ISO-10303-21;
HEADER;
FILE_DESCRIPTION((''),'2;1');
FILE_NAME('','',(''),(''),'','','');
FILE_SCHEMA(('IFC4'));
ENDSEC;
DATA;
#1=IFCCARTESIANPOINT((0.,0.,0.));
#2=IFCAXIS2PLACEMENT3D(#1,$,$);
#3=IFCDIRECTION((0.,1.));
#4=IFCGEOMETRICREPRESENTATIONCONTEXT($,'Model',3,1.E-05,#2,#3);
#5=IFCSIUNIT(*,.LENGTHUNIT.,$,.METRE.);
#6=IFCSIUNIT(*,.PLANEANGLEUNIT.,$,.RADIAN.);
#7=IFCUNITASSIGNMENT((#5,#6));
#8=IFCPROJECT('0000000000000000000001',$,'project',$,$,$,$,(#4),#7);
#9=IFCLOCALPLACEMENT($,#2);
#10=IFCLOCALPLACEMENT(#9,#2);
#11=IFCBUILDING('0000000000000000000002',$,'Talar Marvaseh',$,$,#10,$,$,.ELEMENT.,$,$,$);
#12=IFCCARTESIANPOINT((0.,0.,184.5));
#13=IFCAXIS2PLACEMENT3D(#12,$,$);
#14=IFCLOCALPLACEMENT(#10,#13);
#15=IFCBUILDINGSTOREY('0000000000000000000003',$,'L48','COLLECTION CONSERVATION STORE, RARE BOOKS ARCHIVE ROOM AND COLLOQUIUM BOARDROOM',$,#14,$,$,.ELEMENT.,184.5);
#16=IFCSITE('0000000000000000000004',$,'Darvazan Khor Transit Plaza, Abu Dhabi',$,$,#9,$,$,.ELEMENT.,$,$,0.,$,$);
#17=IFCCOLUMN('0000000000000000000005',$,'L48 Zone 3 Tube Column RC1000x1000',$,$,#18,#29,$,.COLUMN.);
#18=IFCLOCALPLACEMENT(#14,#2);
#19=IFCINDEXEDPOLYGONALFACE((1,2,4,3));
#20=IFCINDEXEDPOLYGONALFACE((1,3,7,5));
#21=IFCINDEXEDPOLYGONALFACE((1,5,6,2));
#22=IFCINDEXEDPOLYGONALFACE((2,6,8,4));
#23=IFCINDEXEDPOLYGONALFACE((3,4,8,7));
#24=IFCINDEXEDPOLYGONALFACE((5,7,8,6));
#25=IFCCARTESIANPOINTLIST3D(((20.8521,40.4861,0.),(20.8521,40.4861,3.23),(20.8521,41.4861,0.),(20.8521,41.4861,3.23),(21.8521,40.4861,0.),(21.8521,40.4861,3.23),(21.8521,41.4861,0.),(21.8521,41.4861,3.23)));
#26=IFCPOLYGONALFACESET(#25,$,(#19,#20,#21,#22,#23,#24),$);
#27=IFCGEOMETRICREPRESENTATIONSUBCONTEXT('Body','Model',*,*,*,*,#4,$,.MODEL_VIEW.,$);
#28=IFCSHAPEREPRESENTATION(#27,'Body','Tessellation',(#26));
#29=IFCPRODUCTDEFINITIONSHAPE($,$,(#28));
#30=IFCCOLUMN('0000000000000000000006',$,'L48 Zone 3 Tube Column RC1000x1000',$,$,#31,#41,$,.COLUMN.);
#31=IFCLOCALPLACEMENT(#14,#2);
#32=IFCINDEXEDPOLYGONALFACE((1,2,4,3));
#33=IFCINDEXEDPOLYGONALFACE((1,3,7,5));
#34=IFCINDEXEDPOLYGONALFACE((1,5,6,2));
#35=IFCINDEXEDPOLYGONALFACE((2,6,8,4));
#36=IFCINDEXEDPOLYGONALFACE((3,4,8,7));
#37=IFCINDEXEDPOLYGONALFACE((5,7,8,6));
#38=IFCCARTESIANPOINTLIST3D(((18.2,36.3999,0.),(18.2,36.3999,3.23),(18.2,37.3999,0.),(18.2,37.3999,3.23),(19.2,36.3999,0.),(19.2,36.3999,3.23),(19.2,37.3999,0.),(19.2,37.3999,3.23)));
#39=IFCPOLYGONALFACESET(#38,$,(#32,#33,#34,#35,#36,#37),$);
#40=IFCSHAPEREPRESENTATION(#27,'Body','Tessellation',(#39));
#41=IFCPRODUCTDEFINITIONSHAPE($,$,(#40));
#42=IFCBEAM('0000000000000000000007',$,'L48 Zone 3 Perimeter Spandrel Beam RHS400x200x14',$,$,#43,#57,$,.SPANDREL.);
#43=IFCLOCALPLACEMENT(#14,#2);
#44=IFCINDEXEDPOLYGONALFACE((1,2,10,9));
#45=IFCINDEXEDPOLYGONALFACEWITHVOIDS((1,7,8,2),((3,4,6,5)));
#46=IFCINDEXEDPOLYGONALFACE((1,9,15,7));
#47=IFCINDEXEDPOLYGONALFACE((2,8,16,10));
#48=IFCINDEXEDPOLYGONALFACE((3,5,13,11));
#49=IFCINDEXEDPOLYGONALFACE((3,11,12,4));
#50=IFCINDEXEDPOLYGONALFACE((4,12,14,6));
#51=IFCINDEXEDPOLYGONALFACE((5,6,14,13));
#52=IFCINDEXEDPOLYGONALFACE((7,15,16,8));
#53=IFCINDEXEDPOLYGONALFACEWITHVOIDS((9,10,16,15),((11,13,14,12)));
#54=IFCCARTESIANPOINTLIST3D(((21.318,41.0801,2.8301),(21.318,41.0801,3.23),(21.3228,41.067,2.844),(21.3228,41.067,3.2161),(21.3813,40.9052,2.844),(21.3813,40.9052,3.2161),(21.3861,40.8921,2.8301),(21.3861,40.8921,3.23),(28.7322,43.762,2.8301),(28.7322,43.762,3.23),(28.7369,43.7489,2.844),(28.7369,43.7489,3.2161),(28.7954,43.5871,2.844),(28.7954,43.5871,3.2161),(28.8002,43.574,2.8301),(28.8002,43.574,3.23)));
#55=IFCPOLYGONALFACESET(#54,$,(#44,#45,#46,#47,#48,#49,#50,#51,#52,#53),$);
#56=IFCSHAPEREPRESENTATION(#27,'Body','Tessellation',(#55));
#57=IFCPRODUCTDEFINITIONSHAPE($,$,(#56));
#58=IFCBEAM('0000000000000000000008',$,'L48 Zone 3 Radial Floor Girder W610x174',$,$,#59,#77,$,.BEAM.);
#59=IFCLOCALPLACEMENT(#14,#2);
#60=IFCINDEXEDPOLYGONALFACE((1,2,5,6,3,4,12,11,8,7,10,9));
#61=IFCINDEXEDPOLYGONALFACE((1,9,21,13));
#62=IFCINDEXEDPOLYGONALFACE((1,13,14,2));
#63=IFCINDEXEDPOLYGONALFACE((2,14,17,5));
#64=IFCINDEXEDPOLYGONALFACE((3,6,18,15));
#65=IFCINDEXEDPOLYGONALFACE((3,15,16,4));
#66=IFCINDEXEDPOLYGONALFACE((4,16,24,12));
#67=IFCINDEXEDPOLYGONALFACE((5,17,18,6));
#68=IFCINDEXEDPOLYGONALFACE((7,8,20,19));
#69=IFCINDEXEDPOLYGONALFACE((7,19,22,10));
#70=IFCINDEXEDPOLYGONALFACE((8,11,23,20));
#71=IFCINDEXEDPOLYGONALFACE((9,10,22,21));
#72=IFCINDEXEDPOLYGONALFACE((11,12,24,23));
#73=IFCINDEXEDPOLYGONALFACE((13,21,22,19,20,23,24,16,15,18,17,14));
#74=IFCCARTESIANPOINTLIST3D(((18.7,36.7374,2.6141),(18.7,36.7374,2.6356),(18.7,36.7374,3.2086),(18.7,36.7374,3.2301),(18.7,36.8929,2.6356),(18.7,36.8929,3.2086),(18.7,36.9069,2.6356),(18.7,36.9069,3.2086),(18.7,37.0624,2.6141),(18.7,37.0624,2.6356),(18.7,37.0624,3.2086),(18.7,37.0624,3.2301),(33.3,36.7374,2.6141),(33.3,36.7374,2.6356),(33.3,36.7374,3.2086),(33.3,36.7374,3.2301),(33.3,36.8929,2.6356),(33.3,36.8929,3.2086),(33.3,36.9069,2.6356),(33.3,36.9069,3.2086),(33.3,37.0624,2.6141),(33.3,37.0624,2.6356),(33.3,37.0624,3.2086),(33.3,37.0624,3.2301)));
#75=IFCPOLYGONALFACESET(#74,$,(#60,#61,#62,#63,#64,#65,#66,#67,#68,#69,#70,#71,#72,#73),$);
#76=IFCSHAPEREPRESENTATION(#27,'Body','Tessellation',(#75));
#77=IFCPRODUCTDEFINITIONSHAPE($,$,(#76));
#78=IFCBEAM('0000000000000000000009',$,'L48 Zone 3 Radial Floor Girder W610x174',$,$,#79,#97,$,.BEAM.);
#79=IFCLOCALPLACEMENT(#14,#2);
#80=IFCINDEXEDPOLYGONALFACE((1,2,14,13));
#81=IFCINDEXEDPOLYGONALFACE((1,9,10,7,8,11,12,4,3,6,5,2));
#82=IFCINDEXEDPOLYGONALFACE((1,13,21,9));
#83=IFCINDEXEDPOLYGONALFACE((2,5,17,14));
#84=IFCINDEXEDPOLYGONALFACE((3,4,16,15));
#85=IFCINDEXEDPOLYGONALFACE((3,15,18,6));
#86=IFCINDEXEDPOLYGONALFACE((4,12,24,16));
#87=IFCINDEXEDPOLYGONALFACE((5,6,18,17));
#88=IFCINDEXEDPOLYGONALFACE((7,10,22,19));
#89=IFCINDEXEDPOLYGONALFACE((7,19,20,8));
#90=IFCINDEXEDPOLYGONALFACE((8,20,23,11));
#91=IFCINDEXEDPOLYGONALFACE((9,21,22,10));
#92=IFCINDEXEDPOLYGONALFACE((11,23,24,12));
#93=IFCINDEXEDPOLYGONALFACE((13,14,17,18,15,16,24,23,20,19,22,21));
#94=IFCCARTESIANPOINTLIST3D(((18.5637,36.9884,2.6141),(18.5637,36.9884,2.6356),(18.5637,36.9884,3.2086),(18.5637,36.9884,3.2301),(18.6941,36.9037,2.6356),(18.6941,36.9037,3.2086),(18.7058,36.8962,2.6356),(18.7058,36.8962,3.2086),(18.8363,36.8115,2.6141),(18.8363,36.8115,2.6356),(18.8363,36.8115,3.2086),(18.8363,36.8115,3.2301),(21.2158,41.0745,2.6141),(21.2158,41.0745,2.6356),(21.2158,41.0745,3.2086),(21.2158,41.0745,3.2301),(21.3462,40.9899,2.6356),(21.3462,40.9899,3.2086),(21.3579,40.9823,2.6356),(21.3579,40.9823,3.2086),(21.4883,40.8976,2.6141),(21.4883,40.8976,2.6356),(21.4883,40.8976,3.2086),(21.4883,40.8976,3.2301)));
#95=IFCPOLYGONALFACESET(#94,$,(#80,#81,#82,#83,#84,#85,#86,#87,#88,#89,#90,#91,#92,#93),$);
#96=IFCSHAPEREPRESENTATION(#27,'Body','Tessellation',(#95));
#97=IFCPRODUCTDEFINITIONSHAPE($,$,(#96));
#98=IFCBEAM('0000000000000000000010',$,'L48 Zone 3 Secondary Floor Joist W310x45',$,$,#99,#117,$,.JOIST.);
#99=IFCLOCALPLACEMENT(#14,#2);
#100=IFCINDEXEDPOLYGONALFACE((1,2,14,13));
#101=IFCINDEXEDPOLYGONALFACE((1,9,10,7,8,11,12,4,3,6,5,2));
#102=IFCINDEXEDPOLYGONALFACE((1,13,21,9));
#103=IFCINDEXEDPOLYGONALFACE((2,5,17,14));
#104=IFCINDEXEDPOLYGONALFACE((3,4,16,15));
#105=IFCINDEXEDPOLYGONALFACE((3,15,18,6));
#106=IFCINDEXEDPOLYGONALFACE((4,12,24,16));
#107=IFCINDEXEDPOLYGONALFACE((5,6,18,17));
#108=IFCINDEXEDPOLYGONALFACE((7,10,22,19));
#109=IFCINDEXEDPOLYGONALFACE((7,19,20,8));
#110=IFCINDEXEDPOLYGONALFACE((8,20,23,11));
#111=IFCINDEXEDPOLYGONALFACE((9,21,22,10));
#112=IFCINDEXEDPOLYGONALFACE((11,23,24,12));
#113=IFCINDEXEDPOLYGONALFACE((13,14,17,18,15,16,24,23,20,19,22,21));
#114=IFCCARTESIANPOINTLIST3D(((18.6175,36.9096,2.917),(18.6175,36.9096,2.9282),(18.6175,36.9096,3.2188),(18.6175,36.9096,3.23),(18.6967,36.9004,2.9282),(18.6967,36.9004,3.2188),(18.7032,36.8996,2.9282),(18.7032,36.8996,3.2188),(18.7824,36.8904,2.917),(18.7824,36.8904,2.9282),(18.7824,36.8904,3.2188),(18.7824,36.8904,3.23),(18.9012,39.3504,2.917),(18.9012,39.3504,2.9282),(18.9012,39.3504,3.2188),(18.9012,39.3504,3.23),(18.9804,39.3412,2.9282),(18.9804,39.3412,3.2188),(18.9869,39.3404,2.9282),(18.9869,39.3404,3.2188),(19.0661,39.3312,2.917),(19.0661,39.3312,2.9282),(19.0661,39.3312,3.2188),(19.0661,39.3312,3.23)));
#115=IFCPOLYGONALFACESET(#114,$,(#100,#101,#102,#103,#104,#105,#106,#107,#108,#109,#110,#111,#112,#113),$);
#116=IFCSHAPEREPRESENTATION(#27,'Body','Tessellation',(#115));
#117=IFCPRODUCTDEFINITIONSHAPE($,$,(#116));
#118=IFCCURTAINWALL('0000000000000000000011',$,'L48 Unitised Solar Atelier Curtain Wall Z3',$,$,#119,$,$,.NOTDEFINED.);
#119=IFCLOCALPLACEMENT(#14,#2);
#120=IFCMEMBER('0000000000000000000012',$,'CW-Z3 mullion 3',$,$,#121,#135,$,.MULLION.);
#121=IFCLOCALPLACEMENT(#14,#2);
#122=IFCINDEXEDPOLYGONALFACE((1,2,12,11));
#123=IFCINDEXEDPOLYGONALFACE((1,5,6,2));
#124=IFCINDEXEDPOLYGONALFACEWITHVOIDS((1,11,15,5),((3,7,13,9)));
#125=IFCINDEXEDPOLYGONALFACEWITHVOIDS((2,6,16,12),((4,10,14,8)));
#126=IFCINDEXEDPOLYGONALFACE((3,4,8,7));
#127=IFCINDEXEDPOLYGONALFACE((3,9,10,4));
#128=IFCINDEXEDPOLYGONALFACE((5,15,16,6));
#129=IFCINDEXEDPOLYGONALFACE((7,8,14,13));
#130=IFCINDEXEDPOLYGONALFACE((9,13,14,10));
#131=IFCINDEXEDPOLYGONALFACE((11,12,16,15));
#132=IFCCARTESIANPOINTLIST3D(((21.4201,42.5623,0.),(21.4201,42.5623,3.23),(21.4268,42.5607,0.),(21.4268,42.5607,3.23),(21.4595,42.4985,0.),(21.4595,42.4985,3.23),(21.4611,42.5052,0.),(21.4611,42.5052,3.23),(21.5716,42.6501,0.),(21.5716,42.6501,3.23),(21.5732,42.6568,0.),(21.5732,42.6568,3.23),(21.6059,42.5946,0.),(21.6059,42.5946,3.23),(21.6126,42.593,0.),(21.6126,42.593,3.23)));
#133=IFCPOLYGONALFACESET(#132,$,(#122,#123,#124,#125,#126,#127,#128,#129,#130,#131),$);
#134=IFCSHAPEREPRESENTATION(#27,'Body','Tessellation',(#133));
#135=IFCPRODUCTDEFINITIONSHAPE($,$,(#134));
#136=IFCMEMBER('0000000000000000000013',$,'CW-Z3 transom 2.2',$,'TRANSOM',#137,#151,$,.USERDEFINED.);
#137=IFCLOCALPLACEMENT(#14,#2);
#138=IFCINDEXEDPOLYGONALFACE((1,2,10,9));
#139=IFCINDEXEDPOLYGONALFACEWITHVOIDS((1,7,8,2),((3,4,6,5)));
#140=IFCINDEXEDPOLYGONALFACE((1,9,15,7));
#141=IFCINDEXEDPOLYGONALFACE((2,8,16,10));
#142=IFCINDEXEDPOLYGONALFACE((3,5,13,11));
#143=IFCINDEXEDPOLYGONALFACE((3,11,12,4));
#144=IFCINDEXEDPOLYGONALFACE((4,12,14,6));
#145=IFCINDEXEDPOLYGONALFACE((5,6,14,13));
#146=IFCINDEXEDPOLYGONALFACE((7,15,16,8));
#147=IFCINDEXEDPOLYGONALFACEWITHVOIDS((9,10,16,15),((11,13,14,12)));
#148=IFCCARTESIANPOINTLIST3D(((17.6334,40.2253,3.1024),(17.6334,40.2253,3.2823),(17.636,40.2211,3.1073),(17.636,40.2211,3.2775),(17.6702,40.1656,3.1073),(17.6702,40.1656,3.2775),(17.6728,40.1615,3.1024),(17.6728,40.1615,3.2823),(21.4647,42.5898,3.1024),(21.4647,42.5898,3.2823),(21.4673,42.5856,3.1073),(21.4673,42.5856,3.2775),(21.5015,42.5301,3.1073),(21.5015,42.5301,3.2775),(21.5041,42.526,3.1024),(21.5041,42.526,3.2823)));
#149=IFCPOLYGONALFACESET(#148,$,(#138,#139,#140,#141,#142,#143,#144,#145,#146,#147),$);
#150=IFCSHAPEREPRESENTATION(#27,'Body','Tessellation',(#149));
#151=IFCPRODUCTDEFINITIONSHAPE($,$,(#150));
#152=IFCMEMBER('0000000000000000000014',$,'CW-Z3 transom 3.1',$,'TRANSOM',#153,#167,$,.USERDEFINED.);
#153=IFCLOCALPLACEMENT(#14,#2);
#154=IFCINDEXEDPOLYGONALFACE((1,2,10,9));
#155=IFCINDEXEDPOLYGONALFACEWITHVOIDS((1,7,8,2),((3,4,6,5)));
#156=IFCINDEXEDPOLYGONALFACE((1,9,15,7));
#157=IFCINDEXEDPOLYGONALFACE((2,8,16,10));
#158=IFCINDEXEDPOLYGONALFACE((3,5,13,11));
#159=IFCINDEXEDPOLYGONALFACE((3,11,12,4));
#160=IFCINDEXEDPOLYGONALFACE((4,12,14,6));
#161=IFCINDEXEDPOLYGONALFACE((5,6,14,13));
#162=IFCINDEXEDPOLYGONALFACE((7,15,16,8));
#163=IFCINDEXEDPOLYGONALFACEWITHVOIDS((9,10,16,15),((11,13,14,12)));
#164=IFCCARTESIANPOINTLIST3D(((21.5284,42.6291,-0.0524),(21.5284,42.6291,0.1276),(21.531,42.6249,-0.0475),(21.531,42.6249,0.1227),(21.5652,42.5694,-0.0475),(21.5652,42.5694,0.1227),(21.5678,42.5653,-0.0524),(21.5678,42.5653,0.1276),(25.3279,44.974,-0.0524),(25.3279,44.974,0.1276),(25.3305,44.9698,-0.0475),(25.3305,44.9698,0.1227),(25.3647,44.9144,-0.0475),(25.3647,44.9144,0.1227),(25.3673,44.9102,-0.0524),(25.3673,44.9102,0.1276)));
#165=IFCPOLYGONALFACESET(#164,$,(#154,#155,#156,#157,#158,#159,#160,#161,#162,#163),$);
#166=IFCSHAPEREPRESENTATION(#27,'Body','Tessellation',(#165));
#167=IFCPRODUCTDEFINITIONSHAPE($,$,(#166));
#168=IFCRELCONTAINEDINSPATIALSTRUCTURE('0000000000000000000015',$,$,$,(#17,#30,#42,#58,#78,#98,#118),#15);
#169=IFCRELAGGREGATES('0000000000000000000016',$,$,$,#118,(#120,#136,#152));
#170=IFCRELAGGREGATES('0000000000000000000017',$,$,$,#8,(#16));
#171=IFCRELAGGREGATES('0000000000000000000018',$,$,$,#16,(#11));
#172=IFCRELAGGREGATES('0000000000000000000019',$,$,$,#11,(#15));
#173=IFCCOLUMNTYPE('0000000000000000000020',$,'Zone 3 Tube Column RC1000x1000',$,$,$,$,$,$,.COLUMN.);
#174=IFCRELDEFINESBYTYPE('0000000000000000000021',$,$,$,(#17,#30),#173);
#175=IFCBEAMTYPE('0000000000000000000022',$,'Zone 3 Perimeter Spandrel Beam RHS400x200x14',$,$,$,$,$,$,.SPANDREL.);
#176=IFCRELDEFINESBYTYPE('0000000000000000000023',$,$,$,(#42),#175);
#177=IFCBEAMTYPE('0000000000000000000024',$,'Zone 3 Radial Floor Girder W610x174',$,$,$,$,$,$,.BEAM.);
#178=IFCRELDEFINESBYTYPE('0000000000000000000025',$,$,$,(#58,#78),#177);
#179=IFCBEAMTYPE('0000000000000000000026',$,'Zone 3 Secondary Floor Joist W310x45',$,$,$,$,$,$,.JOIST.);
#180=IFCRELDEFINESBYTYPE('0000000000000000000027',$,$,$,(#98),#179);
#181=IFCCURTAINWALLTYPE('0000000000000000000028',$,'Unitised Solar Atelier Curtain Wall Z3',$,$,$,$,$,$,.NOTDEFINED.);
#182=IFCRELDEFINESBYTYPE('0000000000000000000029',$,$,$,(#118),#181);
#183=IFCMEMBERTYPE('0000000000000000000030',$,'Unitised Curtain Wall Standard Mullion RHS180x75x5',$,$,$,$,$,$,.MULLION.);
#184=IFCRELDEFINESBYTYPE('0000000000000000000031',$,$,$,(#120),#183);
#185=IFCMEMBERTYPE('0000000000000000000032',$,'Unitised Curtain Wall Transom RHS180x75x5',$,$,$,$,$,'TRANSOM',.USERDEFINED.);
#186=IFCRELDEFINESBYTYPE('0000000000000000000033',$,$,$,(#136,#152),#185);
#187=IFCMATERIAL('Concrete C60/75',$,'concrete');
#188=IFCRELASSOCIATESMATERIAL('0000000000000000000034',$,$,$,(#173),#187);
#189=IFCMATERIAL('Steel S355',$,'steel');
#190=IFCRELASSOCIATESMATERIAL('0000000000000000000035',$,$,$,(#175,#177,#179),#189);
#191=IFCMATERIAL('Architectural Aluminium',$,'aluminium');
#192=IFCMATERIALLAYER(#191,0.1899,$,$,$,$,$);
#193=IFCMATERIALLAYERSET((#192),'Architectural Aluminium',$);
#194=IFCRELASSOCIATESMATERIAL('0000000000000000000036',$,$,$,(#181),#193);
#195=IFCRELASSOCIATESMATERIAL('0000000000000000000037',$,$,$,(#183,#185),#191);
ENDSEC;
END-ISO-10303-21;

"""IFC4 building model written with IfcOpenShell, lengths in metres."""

from ifc_helpers import new_model, si_unit, direction, frame, origin, origin_2d, place, context, subcontext, project, spatial, rectangle, hollow_rectangle, i_section, extrude, source, transform, mapped, material, layer, layer_set, material_profile, profile_set, type_object, type_shapes, element, aggregate, save


model = new_model("IFC4")

# Units and contexts
model_context = context("Model", 3, precision=1e-05, world=origin(), true_north=direction((0.0, 1.0)))
body_context = subcontext(model_context, "Body", "Model", "MODEL_VIEW")
ifc_project = project(units=[si_unit("LENGTHUNIT", "METRE"), si_unit("PLANEANGLEUNIT", "RADIAN")], contexts=[model_context])

# Site, building, storey
site_placement = place(None, origin())
site = spatial("IfcSite", under=ifc_project, at=site_placement, Name="Darvazan Khor Transit Plaza, Abu Dhabi", CompositionType="ELEMENT", RefElevation=0.0)
building_placement = place(site_placement, origin())
building = spatial("IfcBuilding", under=site, at=building_placement, Name="Talar Marvaseh", CompositionType="ELEMENT")
storey_placement = place(building_placement, frame((0.0, 0.0, 184.5)))
storey = spatial("IfcBuildingStorey", under=building, at=storey_placement, Name="L48", Description="COLLECTION CONSERVATION STORE, RARE BOOKS ARCHIVE ROOM AND COLLOQUIUM BOARDROOM", CompositionType="ELEMENT", Elevation=184.5)

# Columns
ifc_material_1 = material(Name="Concrete C60/75", Category="concrete")
ifc_material_profile_1 = material_profile(ifc_material_1, rectangle(XDim=1.0, YDim=1.0, at=origin_2d()), Name="RC1000x1000")
ifc_profile_set_1 = profile_set([ifc_material_profile_1], Name="Concrete C60/75")
column_type = type_object("IfcColumnType", Name="Zone 3 Tube Column RC1000x1000", PredefinedType="COLUMN", material=ifc_profile_set_1)
for number, where, z_axis, x_axis, name in (
    (1, (21.3521, 40.9861, 0.0), (0.0, 0.0, 1.0), (1.0, 0.0, 0.0), "L48 Zone 3 Tube Column RC1000x1000"),
    (2, (18.7, 36.8999, 0.0), (0.0, 0.0, 1.0), (1.0, 0.0, 0.0), "L48 Zone 3 Tube Column RC1000x1000"),
):
    element("IfcColumn", number, at=place(storey_placement, frame(where, z_axis=z_axis, x_axis=x_axis)), inside=storey, type_object=column_type, Name=name, PredefinedType="COLUMN", context=body_context, shape_type="SweptSolid", body=[
        extrude(rectangle(XDim=1.0, YDim=1.0, at=origin_2d()), origin(), (0.0, 0.0, 1.0), 3.23),
    ])

# Beams
ifc_material_2 = material(Name="Steel S355", Category="steel")
ifc_material_profile_2 = material_profile(ifc_material_2, hollow_rectangle(XDim=0.2, YDim=0.3999, WallThickness=0.0139, at=origin_2d()), Name="RHS400x200x14")
ifc_profile_set_2 = profile_set([ifc_material_profile_2], Name="Steel S355")
beam_type_1 = type_object("IfcBeamType", Name="Zone 3 Perimeter Spandrel Beam RHS400x200x14", PredefinedType="SPANDREL", material=ifc_profile_set_2)
beam_1_placement = place(storey_placement, frame((21.3521, 40.9861, 3.03), z_axis=(0.940368, 0.340159, 0.0), x_axis=(-0.340159, 0.940368, 0.0)))
element("IfcBeam", 3, at=beam_1_placement, inside=storey, type_object=beam_type_1, Name="L48 Zone 3 Perimeter Spandrel Beam RHS400x200x14", PredefinedType="SPANDREL", context=body_context, shape_type="SweptSolid", body=[
    extrude(hollow_rectangle(XDim=0.2, YDim=0.3999, WallThickness=0.0139, at=origin_2d()), origin(), (0.0, 0.0, 1.0), 7.8843),
])
ifc_material_profile_3 = material_profile(ifc_material_2, i_section(OverallWidth=0.325, OverallDepth=0.616, WebThickness=0.0139, FlangeThickness=0.0215, at=origin_2d()), Name="W610x174")
ifc_profile_set_3 = profile_set([ifc_material_profile_3], Name="Steel S355")
beam_type_2 = type_object("IfcBeamType", Name="Zone 3 Radial Floor Girder W610x174", PredefinedType="BEAM", material=ifc_profile_set_3)
beam_2_placement = place(storey_placement, frame((18.7, 36.8999, 2.9221), z_axis=(1.0, 0.0, 0.0), x_axis=(0.0, 1.0, 0.0)))
element("IfcBeam", 4, at=beam_2_placement, inside=storey, type_object=beam_type_2, Name="L48 Zone 3 Radial Floor Girder W610x174", PredefinedType="BEAM", context=body_context, shape_type="SweptSolid", body=[
    extrude(i_section(OverallWidth=0.325, OverallDepth=0.616, WebThickness=0.0139, FlangeThickness=0.0215, at=origin_2d()), origin(), (0.0, 0.0, 1.0), 14.6001),
])
beam_3_placement = place(storey_placement, frame((21.3521, 40.9861, 2.9221), z_axis=(-0.544423, -0.838811, 0.0), x_axis=(0.838811, -0.544423, 0.0)))
element("IfcBeam", 5, at=beam_3_placement, inside=storey, type_object=beam_type_2, Name="L48 Zone 3 Radial Floor Girder W610x174", PredefinedType="BEAM", context=body_context, shape_type="SweptSolid", body=[
    extrude(i_section(OverallWidth=0.325, OverallDepth=0.616, WebThickness=0.0139, FlangeThickness=0.0215, at=origin_2d()), origin(), (0.0, 0.0, 1.0), 4.8713),
])
ifc_material_profile_4 = material_profile(ifc_material_2, i_section(OverallWidth=0.166, OverallDepth=0.313, WebThickness=0.0066, FlangeThickness=0.0112, at=origin_2d()), Name="W310x45")
ifc_profile_set_4 = profile_set([ifc_material_profile_4], Name="Steel S355")
beam_type_3 = type_object("IfcBeamType", Name="Zone 3 Secondary Floor Joist W310x45", PredefinedType="JOIST", material=ifc_profile_set_4)
beam_4_placement = place(storey_placement, frame((18.9836, 39.3408, 3.0735), z_axis=(-0.115446, -0.993314, 0.0), x_axis=(0.993314, -0.115446, 0.0)))
element("IfcBeam", 6, at=beam_4_placement, inside=storey, type_object=beam_type_3, Name="L48 Zone 3 Secondary Floor Joist W310x45", PredefinedType="JOIST", context=body_context, shape_type="SweptSolid", body=[
    extrude(i_section(OverallWidth=0.166, OverallDepth=0.313, WebThickness=0.0066, FlangeThickness=0.0112, at=origin_2d()), origin(), (0.0, 0.0, 1.0), 2.4573),
])

# Curtain wall, members
ifc_material_3 = material(Name="Architectural Aluminium", Category="aluminium")
ifc_layer_1 = layer(ifc_material_3, 0.1899)
ifc_layer_set_1 = layer_set([ifc_layer_1], Name="Architectural Aluminium")
curtain_wall_type = type_object("IfcCurtainWallType", Name="Unitised Solar Atelier Curtain Wall Z3", PredefinedType="NOTDEFINED", material=ifc_layer_set_1)
curtain_wall_placement = place(storey_placement, origin())
curtain_wall = element("IfcCurtainWall", 7, at=curtain_wall_placement, inside=storey, type_object=curtain_wall_type, Name="L48 Unitised Solar Atelier Curtain Wall Z3", PredefinedType="NOTDEFINED")
ifc_material_profile_5 = material_profile(ifc_material_3, hollow_rectangle(XDim=0.075, YDim=0.1799, WallThickness=0.0049, at=origin_2d()), Name="RHS180x75x5")
ifc_profile_set_5 = profile_set([ifc_material_profile_5], Name="Architectural Aluminium")
member_type_1 = type_object("IfcMemberType", Name="Unitised Curtain Wall Standard Mullion RHS180x75x5", PredefinedType="MULLION", material=ifc_profile_set_5)
shared_shape_1 = source(origin(), body_context, "Body", "SweptSolid", [
    extrude(hollow_rectangle(XDim=0.075, YDim=0.1799, WallThickness=0.0049, at=origin_2d()), origin(), (0.0, 0.0, 1.0), 3.23),
])
type_shapes(member_type_1, [shared_shape_1])
member_1_placement = place(storey_placement, frame((21.5164, 42.5776, 0.0), z_axis=(0.0, 0.0, 1.0), x_axis=(-0.525203, 0.850977, 0.0)))
member_1 = element("IfcMember", 8, at=member_1_placement, type_object=member_type_1, Name="CW-Z3 mullion 3", PredefinedType="MULLION", context=body_context, shape_type="MappedRepresentation", body=[
    mapped(shared_shape_1, transform((0.0, 0.0, 0.0), x_axis=(1.0, 0.0, 0.0), y_axis=(0.0, 1.0, 0.0), z_axis=(0.0, 0.0, 1.0), scale=1.0)),
])
ifc_material_profile_6 = material_profile(ifc_material_3, hollow_rectangle(XDim=0.075, YDim=0.1799, WallThickness=0.0049, at=origin_2d()), Name="RHS180x75x5")
ifc_profile_set_6 = profile_set([ifc_material_profile_6], Name="Architectural Aluminium")
member_type_2 = type_object("IfcMemberType", Name="Unitised Curtain Wall Transom RHS180x75x5", ElementType="TRANSOM", PredefinedType="USERDEFINED", material=ifc_profile_set_6)
shared_shape_2 = source(origin(), body_context, "Body", "SweptSolid", [
    extrude(hollow_rectangle(XDim=0.075, YDim=0.1799, WallThickness=0.0049, at=origin_2d()), origin(), (0.0, 0.0, 1.0), 4.5022),
])
member_2_placement = place(storey_placement, frame((17.6531, 40.1934, 3.1924), z_axis=(0.850985, 0.525189, 0.0), x_axis=(-0.525189, 0.850985, 0.0)))
member_2 = element("IfcMember", 9, at=member_2_placement, type_object=member_type_2, Name="CW-Z3 transom 2.2", ObjectType="TRANSOM", PredefinedType="USERDEFINED", context=body_context, shape_type="MappedRepresentation", body=[
    mapped(shared_shape_2, transform((0.0, 0.0, 0.0), x_axis=(1.0, 0.0, 0.0), y_axis=(0.0, 1.0, 0.0), z_axis=(0.0, 0.0, 1.0), scale=1.0)),
])
shared_shape_3 = source(origin(), body_context, "Body", "SweptSolid", [
    extrude(hollow_rectangle(XDim=0.075, YDim=0.1799, WallThickness=0.0049, at=origin_2d()), origin(), (0.0, 0.0, 1.0), 4.4648),
])
type_shapes(member_type_2, [shared_shape_2, shared_shape_3])
member_3_placement = place(storey_placement, frame((21.5481, 42.5972, 0.0376), z_axis=(0.85098, 0.525198, 0.0), x_axis=(-0.525198, 0.85098, 0.0)))
member_3 = element("IfcMember", 10, at=member_3_placement, type_object=member_type_2, Name="CW-Z3 transom 3.1", ObjectType="TRANSOM", PredefinedType="USERDEFINED", context=body_context, shape_type="MappedRepresentation", body=[
    mapped(shared_shape_3, transform((0.0, 0.0, 0.0), x_axis=(1.0, 0.0, 0.0), y_axis=(0.0, 1.0, 0.0), z_axis=(0.0, 0.0, 1.0), scale=1.0)),
])
aggregate(curtain_wall, [member_1, member_2, member_3])

save(model, "model.ifc")
